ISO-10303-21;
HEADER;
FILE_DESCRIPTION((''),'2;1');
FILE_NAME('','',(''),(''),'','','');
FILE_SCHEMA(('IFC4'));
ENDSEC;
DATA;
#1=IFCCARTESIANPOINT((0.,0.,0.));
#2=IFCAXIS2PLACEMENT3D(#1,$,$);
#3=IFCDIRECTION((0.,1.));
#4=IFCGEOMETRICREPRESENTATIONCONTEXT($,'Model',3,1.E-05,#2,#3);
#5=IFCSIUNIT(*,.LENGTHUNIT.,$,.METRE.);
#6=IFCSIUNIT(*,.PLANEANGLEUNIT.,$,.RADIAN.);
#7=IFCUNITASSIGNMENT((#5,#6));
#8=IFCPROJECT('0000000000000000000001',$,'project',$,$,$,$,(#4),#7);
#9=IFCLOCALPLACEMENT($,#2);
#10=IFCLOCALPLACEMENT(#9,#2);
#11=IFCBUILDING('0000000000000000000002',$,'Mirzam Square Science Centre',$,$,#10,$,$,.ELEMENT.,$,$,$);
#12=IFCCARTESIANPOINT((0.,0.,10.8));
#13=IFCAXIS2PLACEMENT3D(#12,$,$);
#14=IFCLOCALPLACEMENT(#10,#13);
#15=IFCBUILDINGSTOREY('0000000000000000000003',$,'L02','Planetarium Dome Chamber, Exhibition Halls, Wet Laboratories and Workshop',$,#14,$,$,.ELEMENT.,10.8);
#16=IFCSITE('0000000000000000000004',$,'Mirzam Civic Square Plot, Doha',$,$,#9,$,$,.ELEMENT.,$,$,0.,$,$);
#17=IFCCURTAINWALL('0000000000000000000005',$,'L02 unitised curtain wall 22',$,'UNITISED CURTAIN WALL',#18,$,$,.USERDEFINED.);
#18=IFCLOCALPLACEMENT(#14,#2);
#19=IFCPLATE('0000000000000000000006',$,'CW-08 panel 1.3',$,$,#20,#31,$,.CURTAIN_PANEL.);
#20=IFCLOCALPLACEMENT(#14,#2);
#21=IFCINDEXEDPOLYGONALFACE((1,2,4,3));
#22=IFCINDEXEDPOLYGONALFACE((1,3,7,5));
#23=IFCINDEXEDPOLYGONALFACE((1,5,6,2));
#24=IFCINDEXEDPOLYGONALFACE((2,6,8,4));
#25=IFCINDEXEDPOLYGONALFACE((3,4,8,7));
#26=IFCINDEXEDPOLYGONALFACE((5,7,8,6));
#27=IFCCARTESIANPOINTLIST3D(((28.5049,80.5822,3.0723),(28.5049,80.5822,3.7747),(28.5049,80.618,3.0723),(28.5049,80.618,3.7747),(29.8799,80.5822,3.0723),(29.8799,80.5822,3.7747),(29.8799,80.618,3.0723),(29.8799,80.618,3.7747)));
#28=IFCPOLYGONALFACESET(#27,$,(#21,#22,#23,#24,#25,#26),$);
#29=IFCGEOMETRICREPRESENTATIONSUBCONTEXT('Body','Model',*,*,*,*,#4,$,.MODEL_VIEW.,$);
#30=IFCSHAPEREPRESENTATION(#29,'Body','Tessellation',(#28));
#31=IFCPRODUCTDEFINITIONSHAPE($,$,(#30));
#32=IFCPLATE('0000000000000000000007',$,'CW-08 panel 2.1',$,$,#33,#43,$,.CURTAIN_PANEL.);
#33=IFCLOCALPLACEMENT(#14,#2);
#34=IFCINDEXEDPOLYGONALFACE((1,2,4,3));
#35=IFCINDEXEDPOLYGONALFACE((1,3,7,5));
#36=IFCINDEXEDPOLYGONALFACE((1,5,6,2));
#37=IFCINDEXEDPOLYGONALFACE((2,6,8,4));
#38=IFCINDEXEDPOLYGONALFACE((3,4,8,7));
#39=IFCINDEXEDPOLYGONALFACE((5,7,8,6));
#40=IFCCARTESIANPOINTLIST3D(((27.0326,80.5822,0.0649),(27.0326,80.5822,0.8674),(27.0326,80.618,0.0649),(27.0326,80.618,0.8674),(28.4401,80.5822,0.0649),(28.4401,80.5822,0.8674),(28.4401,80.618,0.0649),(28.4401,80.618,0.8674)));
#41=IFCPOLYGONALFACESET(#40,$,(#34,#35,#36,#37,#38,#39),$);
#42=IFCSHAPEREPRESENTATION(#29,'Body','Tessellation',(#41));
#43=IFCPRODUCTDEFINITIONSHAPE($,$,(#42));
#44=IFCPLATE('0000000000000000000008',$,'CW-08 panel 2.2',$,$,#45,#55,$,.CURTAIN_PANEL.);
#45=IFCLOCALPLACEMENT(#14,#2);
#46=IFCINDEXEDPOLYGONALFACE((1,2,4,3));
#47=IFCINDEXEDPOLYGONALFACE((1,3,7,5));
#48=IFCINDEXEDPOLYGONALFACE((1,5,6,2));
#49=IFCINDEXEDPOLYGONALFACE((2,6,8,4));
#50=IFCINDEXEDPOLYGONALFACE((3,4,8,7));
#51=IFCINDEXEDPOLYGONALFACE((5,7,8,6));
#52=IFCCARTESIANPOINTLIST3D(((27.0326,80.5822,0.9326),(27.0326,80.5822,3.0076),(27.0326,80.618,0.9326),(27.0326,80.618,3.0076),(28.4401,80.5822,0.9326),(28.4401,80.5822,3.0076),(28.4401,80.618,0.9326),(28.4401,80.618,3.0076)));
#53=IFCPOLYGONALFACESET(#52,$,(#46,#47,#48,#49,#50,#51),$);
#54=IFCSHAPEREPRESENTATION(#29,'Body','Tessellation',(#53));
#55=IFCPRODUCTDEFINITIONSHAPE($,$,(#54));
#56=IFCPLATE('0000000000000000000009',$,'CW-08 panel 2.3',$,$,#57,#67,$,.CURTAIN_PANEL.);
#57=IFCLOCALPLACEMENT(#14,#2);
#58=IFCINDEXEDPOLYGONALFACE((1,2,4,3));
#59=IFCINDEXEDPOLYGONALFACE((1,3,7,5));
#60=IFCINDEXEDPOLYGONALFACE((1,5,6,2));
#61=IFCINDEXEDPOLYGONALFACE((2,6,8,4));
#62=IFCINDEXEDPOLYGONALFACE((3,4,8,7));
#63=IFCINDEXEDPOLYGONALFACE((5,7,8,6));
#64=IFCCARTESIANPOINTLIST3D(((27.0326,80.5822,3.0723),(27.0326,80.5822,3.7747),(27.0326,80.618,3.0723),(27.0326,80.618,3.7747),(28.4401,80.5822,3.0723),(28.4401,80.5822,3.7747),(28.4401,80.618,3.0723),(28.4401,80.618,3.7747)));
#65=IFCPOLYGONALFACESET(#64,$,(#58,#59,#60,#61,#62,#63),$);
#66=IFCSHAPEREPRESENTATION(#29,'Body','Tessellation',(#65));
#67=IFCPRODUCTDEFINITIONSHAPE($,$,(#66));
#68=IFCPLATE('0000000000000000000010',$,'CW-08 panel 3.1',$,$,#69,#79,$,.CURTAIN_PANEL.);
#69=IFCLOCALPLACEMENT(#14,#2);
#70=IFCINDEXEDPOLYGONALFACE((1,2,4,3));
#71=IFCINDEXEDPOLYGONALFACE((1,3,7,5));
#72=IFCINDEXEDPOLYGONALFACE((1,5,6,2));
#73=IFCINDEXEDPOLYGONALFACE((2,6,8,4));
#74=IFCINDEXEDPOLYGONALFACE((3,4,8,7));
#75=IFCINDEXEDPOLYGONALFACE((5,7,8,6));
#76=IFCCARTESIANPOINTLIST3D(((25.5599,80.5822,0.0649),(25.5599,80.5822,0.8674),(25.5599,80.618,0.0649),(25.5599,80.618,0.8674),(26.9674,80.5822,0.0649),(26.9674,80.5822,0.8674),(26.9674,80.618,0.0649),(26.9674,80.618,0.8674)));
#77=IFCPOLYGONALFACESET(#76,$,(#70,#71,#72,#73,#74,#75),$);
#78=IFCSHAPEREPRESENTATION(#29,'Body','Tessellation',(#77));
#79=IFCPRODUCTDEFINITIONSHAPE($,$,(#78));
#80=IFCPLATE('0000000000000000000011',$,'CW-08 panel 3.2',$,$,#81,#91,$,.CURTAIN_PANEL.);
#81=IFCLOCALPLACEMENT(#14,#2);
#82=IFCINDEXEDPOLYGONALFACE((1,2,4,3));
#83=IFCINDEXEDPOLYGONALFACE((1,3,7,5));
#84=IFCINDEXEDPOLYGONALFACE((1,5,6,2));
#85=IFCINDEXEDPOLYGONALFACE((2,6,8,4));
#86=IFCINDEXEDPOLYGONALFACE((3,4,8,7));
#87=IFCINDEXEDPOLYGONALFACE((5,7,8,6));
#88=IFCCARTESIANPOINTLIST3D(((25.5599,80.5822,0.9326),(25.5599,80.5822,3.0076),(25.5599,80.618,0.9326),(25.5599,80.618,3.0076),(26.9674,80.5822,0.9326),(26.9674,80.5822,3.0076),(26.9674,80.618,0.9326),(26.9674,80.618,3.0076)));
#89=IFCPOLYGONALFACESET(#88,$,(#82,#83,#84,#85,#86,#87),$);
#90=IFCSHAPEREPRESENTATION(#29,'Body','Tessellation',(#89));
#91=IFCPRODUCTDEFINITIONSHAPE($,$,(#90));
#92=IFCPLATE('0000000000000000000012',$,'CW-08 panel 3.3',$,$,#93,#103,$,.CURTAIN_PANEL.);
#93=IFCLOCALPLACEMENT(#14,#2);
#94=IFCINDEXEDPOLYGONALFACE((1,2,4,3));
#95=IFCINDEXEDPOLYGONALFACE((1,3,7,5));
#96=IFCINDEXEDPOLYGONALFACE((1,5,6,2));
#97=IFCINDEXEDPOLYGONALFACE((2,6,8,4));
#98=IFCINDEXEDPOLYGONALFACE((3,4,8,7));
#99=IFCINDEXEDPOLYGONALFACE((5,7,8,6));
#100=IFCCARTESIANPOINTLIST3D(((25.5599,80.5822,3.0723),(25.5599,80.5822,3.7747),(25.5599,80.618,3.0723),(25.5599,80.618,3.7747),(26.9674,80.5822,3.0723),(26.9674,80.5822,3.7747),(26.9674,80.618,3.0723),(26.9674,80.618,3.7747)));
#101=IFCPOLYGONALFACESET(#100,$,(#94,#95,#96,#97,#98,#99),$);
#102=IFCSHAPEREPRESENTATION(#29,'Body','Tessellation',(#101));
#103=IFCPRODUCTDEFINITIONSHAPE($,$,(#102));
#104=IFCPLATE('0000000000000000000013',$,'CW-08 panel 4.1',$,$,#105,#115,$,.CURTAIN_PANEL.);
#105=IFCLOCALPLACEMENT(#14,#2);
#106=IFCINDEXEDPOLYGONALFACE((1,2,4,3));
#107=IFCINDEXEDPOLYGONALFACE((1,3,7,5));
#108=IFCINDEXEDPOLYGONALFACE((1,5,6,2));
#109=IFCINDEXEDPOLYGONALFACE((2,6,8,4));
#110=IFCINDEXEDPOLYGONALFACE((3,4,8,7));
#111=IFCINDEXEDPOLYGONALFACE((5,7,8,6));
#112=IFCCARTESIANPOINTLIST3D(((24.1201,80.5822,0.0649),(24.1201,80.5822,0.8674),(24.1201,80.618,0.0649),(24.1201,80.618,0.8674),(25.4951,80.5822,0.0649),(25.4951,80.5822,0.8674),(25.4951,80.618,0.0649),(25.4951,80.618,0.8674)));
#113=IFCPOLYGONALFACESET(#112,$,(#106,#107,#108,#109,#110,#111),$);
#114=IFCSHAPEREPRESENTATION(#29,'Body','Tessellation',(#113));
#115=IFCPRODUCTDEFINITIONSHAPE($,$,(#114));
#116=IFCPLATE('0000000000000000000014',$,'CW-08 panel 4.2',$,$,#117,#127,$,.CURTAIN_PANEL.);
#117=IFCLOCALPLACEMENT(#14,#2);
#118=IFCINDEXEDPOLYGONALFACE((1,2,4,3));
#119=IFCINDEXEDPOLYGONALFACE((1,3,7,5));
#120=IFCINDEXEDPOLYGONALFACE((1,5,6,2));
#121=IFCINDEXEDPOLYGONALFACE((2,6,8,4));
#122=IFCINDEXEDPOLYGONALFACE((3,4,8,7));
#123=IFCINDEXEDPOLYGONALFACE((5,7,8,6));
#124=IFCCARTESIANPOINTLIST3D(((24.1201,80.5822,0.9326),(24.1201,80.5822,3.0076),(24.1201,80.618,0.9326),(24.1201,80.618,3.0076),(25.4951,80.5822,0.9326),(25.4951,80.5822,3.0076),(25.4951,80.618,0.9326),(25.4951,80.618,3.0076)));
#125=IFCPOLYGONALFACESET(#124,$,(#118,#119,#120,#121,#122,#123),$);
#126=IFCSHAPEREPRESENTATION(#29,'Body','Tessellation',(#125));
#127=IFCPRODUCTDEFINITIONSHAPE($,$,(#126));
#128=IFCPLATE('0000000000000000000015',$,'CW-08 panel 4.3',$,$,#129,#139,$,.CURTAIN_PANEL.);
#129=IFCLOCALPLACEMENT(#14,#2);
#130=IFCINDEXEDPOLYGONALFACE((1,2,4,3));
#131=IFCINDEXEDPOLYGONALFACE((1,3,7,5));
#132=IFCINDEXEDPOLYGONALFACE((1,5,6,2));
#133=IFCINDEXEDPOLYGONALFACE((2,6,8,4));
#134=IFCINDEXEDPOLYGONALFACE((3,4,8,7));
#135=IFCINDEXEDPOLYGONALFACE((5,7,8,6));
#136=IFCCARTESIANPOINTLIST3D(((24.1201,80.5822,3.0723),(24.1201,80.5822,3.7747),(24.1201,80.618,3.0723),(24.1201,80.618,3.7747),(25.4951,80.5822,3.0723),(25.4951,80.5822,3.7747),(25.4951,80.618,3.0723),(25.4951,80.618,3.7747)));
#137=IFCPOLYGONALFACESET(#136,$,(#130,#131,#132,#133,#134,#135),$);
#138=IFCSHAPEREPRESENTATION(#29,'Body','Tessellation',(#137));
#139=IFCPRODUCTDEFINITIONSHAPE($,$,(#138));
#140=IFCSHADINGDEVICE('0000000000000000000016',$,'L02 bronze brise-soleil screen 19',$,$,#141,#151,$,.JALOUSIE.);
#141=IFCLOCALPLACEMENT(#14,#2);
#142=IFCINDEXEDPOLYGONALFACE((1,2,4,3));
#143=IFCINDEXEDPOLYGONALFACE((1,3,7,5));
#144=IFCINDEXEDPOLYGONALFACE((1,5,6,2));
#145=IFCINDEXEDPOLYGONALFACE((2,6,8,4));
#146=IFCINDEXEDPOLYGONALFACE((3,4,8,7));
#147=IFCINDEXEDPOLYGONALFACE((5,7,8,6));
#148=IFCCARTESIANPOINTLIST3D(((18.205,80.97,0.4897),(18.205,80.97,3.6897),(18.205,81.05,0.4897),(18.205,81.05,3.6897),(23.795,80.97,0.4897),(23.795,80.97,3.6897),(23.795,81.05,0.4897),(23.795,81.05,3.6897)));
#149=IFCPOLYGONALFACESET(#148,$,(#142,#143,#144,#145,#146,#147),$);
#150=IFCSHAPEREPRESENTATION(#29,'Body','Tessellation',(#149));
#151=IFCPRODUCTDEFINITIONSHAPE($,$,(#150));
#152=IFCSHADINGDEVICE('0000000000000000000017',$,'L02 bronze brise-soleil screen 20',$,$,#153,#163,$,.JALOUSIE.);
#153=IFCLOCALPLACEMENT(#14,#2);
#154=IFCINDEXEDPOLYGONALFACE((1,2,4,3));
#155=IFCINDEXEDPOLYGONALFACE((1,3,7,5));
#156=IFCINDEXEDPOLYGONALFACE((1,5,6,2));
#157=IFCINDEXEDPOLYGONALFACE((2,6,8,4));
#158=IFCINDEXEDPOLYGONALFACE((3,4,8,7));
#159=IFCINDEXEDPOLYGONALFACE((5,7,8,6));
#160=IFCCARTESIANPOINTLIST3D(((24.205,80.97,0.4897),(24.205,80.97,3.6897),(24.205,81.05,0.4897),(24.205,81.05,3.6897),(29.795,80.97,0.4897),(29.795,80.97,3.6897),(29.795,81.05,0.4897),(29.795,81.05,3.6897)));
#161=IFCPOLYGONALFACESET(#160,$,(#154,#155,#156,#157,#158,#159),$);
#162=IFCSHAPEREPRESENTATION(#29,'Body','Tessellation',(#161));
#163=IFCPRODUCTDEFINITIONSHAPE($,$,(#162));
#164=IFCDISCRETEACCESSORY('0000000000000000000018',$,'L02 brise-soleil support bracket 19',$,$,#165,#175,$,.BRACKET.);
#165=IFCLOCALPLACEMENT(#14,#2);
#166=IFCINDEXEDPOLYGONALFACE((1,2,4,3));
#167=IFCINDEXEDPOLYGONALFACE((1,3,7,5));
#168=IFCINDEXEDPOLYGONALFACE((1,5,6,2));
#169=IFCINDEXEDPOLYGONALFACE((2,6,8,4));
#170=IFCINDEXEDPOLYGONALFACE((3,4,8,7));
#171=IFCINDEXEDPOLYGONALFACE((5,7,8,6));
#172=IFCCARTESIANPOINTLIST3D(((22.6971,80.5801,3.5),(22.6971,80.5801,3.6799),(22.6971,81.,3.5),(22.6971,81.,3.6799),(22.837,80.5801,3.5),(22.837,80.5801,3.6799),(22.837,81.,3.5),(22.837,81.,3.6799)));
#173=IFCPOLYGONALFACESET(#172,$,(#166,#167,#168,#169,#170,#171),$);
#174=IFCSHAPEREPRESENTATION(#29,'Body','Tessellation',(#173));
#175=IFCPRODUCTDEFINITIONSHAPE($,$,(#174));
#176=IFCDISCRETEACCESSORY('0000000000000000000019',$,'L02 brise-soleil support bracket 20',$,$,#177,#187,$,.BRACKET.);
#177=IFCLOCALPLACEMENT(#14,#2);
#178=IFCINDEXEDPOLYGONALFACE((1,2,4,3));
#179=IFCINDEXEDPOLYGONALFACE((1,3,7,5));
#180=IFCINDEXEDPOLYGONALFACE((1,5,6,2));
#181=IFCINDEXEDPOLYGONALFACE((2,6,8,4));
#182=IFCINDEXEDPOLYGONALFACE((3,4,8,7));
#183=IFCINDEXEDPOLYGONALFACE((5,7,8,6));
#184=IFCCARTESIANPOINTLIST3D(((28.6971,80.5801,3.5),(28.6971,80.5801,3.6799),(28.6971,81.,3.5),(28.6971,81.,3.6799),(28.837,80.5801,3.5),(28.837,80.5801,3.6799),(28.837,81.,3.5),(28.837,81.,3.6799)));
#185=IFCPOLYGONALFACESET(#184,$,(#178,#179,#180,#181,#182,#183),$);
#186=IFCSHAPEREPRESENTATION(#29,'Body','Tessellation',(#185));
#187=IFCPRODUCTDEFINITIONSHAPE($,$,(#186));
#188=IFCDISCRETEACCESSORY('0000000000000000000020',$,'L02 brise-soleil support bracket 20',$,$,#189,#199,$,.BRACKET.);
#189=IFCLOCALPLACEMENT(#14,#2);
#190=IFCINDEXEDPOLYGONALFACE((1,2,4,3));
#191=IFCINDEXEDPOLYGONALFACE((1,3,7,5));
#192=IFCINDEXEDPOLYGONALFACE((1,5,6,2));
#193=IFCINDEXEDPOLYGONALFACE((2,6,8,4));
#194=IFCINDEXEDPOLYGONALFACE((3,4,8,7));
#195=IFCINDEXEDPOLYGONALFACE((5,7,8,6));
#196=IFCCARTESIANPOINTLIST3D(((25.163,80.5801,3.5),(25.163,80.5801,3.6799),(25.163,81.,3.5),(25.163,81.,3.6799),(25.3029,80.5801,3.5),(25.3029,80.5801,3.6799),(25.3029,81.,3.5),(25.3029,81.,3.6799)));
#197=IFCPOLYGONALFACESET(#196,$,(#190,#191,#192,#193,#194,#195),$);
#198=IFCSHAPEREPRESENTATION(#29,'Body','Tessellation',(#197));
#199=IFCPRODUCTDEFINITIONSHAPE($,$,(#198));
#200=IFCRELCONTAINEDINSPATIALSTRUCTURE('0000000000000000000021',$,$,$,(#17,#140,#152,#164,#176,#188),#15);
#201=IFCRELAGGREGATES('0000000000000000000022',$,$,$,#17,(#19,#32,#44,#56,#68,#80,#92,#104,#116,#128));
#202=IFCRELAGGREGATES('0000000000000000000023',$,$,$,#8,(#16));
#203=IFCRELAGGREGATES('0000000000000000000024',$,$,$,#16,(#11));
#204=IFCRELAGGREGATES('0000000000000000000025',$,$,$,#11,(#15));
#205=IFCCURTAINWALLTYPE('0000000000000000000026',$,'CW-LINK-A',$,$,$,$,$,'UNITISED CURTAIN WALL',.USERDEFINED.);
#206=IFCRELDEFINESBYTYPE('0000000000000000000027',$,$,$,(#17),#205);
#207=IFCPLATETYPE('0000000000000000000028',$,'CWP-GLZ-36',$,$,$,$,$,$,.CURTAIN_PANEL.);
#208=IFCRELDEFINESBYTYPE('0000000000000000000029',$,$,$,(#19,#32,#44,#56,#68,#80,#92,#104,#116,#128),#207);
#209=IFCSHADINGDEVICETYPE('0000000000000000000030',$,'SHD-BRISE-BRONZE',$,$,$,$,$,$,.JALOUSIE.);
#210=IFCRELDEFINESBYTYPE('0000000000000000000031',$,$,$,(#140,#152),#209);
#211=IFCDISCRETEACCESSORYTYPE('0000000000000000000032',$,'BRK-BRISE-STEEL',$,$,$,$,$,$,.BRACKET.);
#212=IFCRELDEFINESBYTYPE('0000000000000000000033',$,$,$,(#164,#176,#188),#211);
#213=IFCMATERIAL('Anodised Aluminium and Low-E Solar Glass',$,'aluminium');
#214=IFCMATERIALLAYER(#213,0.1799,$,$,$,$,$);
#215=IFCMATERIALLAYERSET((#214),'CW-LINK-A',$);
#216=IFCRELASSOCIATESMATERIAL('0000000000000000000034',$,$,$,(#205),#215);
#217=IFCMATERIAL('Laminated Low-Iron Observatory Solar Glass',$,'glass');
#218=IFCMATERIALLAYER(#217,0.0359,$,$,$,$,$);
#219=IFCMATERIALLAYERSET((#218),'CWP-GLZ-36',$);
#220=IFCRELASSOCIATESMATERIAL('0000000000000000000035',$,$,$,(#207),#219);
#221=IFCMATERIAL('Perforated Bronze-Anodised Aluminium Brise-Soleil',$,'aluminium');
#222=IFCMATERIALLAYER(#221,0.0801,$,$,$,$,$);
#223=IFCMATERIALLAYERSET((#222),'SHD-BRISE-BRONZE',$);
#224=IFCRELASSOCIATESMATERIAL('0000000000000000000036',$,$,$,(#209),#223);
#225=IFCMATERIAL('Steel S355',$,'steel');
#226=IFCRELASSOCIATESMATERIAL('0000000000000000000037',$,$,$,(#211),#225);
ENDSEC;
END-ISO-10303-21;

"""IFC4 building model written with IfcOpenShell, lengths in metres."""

from ifc_helpers import new_model, si_unit, direction, frame, origin, origin_2d, place, context, subcontext, project, spatial, rectangle, extrude, material, layer, layer_set, type_object, element, aggregate, save


model = new_model("IFC4")

# Units and contexts
model_context = context("Model", 3, precision=1e-05, world=origin(), true_north=direction((0.0, 1.0)))
body_context = subcontext(model_context, "Body", "Model", "MODEL_VIEW")
ifc_project = project(units=[si_unit("LENGTHUNIT", "METRE"), si_unit("PLANEANGLEUNIT", "RADIAN")], contexts=[model_context])

# Site, building, storey
site_placement = place(None, origin())
site = spatial("IfcSite", under=ifc_project, at=site_placement, Name="Mirzam Civic Square Plot, Doha", CompositionType="ELEMENT", RefElevation=0.0)
building_placement = place(site_placement, origin())
building = spatial("IfcBuilding", under=site, at=building_placement, Name="Mirzam Square Science Centre", CompositionType="ELEMENT")
storey_placement = place(building_placement, frame((0.0, 0.0, 10.8)))
storey = spatial("IfcBuildingStorey", under=building, at=storey_placement, Name="L02", Description="Planetarium Dome Chamber, Exhibition Halls, Wet Laboratories and Workshop", CompositionType="ELEMENT", Elevation=10.8)

# Shared definitions
ifc_material_1 = material(Name="Steel S355", Category="steel")

# Curtain wall
ifc_material_2 = material(Name="Anodised Aluminium and Low-E Solar Glass", Category="aluminium")
ifc_layer_1 = layer(ifc_material_2, 0.1799)
ifc_layer_set_1 = layer_set([ifc_layer_1], Name="CW-LINK-A")
curtain_wall_type = type_object("IfcCurtainWallType", Name="CW-LINK-A", ElementType="UNITISED CURTAIN WALL", PredefinedType="USERDEFINED", material=ifc_layer_set_1)
curtain_wall_placement = place(storey_placement, origin())
curtain_wall = element("IfcCurtainWall", 1, at=curtain_wall_placement, inside=storey, type_object=curtain_wall_type, Name="L02 unitised curtain wall 22", ObjectType="UNITISED CURTAIN WALL", PredefinedType="USERDEFINED")

# Plates
ifc_material_3 = material(Name="Laminated Low-Iron Observatory Solar Glass", Category="glass")
ifc_layer_2 = layer(ifc_material_3, 0.0359)
ifc_layer_set_2 = layer_set([ifc_layer_2], Name="CWP-GLZ-36")
plate_type = type_object("IfcPlateType", Name="CWP-GLZ-36", PredefinedType="CURTAIN_PANEL", material=ifc_layer_set_2)
plate_1_placement = place(storey_placement, frame((29.1924, 80.6001, 3.0723), z_axis=(0.0, 0.0, 1.0), x_axis=(-1.0, 0.0, 0.0)))
plate_1 = element("IfcPlate", 2, at=plate_1_placement, type_object=plate_type, Name="CW-08 panel 1.3", PredefinedType="CURTAIN_PANEL", context=body_context, shape_type="SweptSolid", body=[
    extrude(rectangle(XDim=1.375, YDim=0.0359, at=origin_2d()), origin(), (0.0, 0.0, 1.0), 0.7024),
])
plate_2_placement = place(storey_placement, frame((27.7363, 80.6001, 0.0649), z_axis=(0.0, 0.0, 1.0), x_axis=(-1.0, 0.0, 0.0)))
plate_2 = element("IfcPlate", 3, at=plate_2_placement, type_object=plate_type, Name="CW-08 panel 2.1", PredefinedType="CURTAIN_PANEL", context=body_context, shape_type="SweptSolid", body=[
    extrude(rectangle(XDim=1.4075, YDim=0.0359, at=origin_2d()), origin(), (0.0, 0.0, 1.0), 0.8025),
])
plate_3_placement = place(storey_placement, frame((27.7363, 80.6001, 0.9326), z_axis=(0.0, 0.0, 1.0), x_axis=(-1.0, 0.0, 0.0)))
plate_3 = element("IfcPlate", 4, at=plate_3_placement, type_object=plate_type, Name="CW-08 panel 2.2", PredefinedType="CURTAIN_PANEL", context=body_context, shape_type="SweptSolid", body=[
    extrude(rectangle(XDim=1.4075, YDim=0.0359, at=origin_2d()), origin(), (0.0, 0.0, 1.0), 2.075),
])
plate_4_placement = place(storey_placement, frame((27.7363, 80.6001, 3.0723), z_axis=(0.0, 0.0, 1.0), x_axis=(-1.0, 0.0, 0.0)))
plate_4 = element("IfcPlate", 5, at=plate_4_placement, type_object=plate_type, Name="CW-08 panel 2.3", PredefinedType="CURTAIN_PANEL", context=body_context, shape_type="SweptSolid", body=[
    extrude(rectangle(XDim=1.4075, YDim=0.0359, at=origin_2d()), origin(), (0.0, 0.0, 1.0), 0.7024),
])
plate_5_placement = place(storey_placement, frame((26.2637, 80.6001, 0.0649), z_axis=(0.0, 0.0, 1.0), x_axis=(-1.0, 0.0, 0.0)))
plate_5 = element("IfcPlate", 6, at=plate_5_placement, type_object=plate_type, Name="CW-08 panel 3.1", PredefinedType="CURTAIN_PANEL", context=body_context, shape_type="SweptSolid", body=[
    extrude(rectangle(XDim=1.4075, YDim=0.0359, at=origin_2d()), origin(), (0.0, 0.0, 1.0), 0.8025),
])
plate_6_placement = place(storey_placement, frame((26.2637, 80.6001, 0.9326), z_axis=(0.0, 0.0, 1.0), x_axis=(-1.0, 0.0, 0.0)))
plate_6 = element("IfcPlate", 7, at=plate_6_placement, type_object=plate_type, Name="CW-08 panel 3.2", PredefinedType="CURTAIN_PANEL", context=body_context, shape_type="SweptSolid", body=[
    extrude(rectangle(XDim=1.4075, YDim=0.0359, at=origin_2d()), origin(), (0.0, 0.0, 1.0), 2.075),
])
plate_7_placement = place(storey_placement, frame((26.2637, 80.6001, 3.0723), z_axis=(0.0, 0.0, 1.0), x_axis=(-1.0, 0.0, 0.0)))
plate_7 = element("IfcPlate", 8, at=plate_7_placement, type_object=plate_type, Name="CW-08 panel 3.3", PredefinedType="CURTAIN_PANEL", context=body_context, shape_type="SweptSolid", body=[
    extrude(rectangle(XDim=1.4075, YDim=0.0359, at=origin_2d()), origin(), (0.0, 0.0, 1.0), 0.7024),
])
plate_8_placement = place(storey_placement, frame((24.8076, 80.6001, 0.0649), z_axis=(0.0, 0.0, 1.0), x_axis=(-1.0, 0.0, 0.0)))
plate_8 = element("IfcPlate", 9, at=plate_8_placement, type_object=plate_type, Name="CW-08 panel 4.1", PredefinedType="CURTAIN_PANEL", context=body_context, shape_type="SweptSolid", body=[
    extrude(rectangle(XDim=1.375, YDim=0.0359, at=origin_2d()), origin(), (0.0, 0.0, 1.0), 0.8025),
])
plate_9_placement = place(storey_placement, frame((24.8076, 80.6001, 0.9326), z_axis=(0.0, 0.0, 1.0), x_axis=(-1.0, 0.0, 0.0)))
plate_9 = element("IfcPlate", 10, at=plate_9_placement, type_object=plate_type, Name="CW-08 panel 4.2", PredefinedType="CURTAIN_PANEL", context=body_context, shape_type="SweptSolid", body=[
    extrude(rectangle(XDim=1.375, YDim=0.0359, at=origin_2d()), origin(), (0.0, 0.0, 1.0), 2.075),
])
plate_10_placement = place(storey_placement, frame((24.8076, 80.6001, 3.0723), z_axis=(0.0, 0.0, 1.0), x_axis=(-1.0, 0.0, 0.0)))
plate_10 = element("IfcPlate", 11, at=plate_10_placement, type_object=plate_type, Name="CW-08 panel 4.3", PredefinedType="CURTAIN_PANEL", context=body_context, shape_type="SweptSolid", body=[
    extrude(rectangle(XDim=1.375, YDim=0.0359, at=origin_2d()), origin(), (0.0, 0.0, 1.0), 0.7024),
])
aggregate(curtain_wall, [plate_1, plate_2, plate_3, plate_4, plate_5, plate_6, plate_7, plate_8, plate_9, plate_10])

# Shading devices
ifc_material_4 = material(Name="Perforated Bronze-Anodised Aluminium Brise-Soleil", Category="aluminium")
ifc_layer_3 = layer(ifc_material_4, 0.0801)
ifc_layer_set_3 = layer_set([ifc_layer_3], Name="SHD-BRISE-BRONZE")
shading_device_type = type_object("IfcShadingDeviceType", Name="SHD-BRISE-BRONZE", PredefinedType="JALOUSIE", material=ifc_layer_set_3)
for number, where, z_axis, x_axis, name in (
    (12, (21.0, 81.01, 0.4897), (0.0, 0.0, 1.0), (-1.0, 0.0, 0.0), "L02 bronze brise-soleil screen 19"),
    (13, (27.0, 81.01, 0.4897), (0.0, 0.0, 1.0), (-1.0, 0.0, 0.0), "L02 bronze brise-soleil screen 20"),
):
    element("IfcShadingDevice", number, at=place(storey_placement, frame(where, z_axis=z_axis, x_axis=x_axis)), inside=storey, type_object=shading_device_type, Name=name, PredefinedType="JALOUSIE", context=body_context, shape_type="SweptSolid", body=[
        extrude(rectangle(XDim=5.5901, YDim=0.0801, at=origin_2d()), origin(), (0.0, 0.0, 1.0), 3.2),
    ])

# Discrete accessories
discrete_accessory_type = type_object("IfcDiscreteAccessoryType", Name="BRK-BRISE-STEEL", PredefinedType="BRACKET", material=ifc_material_1)
for number, where, z_axis, x_axis, name in (
    (14, (22.7671, 80.79, 3.5), (0.0, 0.0, 1.0), (-1.0, 0.0, 0.0), "L02 brise-soleil support bracket 19"),
    (15, (28.7671, 80.79, 3.5), (0.0, 0.0, 1.0), (-1.0, 0.0, 0.0), "L02 brise-soleil support bracket 20"),
    (16, (25.2329, 80.79, 3.5), (0.0, 0.0, 1.0), (-1.0, 0.0, 0.0), "L02 brise-soleil support bracket 20"),
):
    element("IfcDiscreteAccessory", number, at=place(storey_placement, frame(where, z_axis=z_axis, x_axis=x_axis)), inside=storey, type_object=discrete_accessory_type, Name=name, PredefinedType="BRACKET", context=body_context, shape_type="SweptSolid", body=[
        extrude(rectangle(XDim=0.1399, YDim=0.4199, at=origin_2d()), origin(), (0.0, 0.0, 1.0), 0.1799),
    ])

save(model, "model.ifc")
